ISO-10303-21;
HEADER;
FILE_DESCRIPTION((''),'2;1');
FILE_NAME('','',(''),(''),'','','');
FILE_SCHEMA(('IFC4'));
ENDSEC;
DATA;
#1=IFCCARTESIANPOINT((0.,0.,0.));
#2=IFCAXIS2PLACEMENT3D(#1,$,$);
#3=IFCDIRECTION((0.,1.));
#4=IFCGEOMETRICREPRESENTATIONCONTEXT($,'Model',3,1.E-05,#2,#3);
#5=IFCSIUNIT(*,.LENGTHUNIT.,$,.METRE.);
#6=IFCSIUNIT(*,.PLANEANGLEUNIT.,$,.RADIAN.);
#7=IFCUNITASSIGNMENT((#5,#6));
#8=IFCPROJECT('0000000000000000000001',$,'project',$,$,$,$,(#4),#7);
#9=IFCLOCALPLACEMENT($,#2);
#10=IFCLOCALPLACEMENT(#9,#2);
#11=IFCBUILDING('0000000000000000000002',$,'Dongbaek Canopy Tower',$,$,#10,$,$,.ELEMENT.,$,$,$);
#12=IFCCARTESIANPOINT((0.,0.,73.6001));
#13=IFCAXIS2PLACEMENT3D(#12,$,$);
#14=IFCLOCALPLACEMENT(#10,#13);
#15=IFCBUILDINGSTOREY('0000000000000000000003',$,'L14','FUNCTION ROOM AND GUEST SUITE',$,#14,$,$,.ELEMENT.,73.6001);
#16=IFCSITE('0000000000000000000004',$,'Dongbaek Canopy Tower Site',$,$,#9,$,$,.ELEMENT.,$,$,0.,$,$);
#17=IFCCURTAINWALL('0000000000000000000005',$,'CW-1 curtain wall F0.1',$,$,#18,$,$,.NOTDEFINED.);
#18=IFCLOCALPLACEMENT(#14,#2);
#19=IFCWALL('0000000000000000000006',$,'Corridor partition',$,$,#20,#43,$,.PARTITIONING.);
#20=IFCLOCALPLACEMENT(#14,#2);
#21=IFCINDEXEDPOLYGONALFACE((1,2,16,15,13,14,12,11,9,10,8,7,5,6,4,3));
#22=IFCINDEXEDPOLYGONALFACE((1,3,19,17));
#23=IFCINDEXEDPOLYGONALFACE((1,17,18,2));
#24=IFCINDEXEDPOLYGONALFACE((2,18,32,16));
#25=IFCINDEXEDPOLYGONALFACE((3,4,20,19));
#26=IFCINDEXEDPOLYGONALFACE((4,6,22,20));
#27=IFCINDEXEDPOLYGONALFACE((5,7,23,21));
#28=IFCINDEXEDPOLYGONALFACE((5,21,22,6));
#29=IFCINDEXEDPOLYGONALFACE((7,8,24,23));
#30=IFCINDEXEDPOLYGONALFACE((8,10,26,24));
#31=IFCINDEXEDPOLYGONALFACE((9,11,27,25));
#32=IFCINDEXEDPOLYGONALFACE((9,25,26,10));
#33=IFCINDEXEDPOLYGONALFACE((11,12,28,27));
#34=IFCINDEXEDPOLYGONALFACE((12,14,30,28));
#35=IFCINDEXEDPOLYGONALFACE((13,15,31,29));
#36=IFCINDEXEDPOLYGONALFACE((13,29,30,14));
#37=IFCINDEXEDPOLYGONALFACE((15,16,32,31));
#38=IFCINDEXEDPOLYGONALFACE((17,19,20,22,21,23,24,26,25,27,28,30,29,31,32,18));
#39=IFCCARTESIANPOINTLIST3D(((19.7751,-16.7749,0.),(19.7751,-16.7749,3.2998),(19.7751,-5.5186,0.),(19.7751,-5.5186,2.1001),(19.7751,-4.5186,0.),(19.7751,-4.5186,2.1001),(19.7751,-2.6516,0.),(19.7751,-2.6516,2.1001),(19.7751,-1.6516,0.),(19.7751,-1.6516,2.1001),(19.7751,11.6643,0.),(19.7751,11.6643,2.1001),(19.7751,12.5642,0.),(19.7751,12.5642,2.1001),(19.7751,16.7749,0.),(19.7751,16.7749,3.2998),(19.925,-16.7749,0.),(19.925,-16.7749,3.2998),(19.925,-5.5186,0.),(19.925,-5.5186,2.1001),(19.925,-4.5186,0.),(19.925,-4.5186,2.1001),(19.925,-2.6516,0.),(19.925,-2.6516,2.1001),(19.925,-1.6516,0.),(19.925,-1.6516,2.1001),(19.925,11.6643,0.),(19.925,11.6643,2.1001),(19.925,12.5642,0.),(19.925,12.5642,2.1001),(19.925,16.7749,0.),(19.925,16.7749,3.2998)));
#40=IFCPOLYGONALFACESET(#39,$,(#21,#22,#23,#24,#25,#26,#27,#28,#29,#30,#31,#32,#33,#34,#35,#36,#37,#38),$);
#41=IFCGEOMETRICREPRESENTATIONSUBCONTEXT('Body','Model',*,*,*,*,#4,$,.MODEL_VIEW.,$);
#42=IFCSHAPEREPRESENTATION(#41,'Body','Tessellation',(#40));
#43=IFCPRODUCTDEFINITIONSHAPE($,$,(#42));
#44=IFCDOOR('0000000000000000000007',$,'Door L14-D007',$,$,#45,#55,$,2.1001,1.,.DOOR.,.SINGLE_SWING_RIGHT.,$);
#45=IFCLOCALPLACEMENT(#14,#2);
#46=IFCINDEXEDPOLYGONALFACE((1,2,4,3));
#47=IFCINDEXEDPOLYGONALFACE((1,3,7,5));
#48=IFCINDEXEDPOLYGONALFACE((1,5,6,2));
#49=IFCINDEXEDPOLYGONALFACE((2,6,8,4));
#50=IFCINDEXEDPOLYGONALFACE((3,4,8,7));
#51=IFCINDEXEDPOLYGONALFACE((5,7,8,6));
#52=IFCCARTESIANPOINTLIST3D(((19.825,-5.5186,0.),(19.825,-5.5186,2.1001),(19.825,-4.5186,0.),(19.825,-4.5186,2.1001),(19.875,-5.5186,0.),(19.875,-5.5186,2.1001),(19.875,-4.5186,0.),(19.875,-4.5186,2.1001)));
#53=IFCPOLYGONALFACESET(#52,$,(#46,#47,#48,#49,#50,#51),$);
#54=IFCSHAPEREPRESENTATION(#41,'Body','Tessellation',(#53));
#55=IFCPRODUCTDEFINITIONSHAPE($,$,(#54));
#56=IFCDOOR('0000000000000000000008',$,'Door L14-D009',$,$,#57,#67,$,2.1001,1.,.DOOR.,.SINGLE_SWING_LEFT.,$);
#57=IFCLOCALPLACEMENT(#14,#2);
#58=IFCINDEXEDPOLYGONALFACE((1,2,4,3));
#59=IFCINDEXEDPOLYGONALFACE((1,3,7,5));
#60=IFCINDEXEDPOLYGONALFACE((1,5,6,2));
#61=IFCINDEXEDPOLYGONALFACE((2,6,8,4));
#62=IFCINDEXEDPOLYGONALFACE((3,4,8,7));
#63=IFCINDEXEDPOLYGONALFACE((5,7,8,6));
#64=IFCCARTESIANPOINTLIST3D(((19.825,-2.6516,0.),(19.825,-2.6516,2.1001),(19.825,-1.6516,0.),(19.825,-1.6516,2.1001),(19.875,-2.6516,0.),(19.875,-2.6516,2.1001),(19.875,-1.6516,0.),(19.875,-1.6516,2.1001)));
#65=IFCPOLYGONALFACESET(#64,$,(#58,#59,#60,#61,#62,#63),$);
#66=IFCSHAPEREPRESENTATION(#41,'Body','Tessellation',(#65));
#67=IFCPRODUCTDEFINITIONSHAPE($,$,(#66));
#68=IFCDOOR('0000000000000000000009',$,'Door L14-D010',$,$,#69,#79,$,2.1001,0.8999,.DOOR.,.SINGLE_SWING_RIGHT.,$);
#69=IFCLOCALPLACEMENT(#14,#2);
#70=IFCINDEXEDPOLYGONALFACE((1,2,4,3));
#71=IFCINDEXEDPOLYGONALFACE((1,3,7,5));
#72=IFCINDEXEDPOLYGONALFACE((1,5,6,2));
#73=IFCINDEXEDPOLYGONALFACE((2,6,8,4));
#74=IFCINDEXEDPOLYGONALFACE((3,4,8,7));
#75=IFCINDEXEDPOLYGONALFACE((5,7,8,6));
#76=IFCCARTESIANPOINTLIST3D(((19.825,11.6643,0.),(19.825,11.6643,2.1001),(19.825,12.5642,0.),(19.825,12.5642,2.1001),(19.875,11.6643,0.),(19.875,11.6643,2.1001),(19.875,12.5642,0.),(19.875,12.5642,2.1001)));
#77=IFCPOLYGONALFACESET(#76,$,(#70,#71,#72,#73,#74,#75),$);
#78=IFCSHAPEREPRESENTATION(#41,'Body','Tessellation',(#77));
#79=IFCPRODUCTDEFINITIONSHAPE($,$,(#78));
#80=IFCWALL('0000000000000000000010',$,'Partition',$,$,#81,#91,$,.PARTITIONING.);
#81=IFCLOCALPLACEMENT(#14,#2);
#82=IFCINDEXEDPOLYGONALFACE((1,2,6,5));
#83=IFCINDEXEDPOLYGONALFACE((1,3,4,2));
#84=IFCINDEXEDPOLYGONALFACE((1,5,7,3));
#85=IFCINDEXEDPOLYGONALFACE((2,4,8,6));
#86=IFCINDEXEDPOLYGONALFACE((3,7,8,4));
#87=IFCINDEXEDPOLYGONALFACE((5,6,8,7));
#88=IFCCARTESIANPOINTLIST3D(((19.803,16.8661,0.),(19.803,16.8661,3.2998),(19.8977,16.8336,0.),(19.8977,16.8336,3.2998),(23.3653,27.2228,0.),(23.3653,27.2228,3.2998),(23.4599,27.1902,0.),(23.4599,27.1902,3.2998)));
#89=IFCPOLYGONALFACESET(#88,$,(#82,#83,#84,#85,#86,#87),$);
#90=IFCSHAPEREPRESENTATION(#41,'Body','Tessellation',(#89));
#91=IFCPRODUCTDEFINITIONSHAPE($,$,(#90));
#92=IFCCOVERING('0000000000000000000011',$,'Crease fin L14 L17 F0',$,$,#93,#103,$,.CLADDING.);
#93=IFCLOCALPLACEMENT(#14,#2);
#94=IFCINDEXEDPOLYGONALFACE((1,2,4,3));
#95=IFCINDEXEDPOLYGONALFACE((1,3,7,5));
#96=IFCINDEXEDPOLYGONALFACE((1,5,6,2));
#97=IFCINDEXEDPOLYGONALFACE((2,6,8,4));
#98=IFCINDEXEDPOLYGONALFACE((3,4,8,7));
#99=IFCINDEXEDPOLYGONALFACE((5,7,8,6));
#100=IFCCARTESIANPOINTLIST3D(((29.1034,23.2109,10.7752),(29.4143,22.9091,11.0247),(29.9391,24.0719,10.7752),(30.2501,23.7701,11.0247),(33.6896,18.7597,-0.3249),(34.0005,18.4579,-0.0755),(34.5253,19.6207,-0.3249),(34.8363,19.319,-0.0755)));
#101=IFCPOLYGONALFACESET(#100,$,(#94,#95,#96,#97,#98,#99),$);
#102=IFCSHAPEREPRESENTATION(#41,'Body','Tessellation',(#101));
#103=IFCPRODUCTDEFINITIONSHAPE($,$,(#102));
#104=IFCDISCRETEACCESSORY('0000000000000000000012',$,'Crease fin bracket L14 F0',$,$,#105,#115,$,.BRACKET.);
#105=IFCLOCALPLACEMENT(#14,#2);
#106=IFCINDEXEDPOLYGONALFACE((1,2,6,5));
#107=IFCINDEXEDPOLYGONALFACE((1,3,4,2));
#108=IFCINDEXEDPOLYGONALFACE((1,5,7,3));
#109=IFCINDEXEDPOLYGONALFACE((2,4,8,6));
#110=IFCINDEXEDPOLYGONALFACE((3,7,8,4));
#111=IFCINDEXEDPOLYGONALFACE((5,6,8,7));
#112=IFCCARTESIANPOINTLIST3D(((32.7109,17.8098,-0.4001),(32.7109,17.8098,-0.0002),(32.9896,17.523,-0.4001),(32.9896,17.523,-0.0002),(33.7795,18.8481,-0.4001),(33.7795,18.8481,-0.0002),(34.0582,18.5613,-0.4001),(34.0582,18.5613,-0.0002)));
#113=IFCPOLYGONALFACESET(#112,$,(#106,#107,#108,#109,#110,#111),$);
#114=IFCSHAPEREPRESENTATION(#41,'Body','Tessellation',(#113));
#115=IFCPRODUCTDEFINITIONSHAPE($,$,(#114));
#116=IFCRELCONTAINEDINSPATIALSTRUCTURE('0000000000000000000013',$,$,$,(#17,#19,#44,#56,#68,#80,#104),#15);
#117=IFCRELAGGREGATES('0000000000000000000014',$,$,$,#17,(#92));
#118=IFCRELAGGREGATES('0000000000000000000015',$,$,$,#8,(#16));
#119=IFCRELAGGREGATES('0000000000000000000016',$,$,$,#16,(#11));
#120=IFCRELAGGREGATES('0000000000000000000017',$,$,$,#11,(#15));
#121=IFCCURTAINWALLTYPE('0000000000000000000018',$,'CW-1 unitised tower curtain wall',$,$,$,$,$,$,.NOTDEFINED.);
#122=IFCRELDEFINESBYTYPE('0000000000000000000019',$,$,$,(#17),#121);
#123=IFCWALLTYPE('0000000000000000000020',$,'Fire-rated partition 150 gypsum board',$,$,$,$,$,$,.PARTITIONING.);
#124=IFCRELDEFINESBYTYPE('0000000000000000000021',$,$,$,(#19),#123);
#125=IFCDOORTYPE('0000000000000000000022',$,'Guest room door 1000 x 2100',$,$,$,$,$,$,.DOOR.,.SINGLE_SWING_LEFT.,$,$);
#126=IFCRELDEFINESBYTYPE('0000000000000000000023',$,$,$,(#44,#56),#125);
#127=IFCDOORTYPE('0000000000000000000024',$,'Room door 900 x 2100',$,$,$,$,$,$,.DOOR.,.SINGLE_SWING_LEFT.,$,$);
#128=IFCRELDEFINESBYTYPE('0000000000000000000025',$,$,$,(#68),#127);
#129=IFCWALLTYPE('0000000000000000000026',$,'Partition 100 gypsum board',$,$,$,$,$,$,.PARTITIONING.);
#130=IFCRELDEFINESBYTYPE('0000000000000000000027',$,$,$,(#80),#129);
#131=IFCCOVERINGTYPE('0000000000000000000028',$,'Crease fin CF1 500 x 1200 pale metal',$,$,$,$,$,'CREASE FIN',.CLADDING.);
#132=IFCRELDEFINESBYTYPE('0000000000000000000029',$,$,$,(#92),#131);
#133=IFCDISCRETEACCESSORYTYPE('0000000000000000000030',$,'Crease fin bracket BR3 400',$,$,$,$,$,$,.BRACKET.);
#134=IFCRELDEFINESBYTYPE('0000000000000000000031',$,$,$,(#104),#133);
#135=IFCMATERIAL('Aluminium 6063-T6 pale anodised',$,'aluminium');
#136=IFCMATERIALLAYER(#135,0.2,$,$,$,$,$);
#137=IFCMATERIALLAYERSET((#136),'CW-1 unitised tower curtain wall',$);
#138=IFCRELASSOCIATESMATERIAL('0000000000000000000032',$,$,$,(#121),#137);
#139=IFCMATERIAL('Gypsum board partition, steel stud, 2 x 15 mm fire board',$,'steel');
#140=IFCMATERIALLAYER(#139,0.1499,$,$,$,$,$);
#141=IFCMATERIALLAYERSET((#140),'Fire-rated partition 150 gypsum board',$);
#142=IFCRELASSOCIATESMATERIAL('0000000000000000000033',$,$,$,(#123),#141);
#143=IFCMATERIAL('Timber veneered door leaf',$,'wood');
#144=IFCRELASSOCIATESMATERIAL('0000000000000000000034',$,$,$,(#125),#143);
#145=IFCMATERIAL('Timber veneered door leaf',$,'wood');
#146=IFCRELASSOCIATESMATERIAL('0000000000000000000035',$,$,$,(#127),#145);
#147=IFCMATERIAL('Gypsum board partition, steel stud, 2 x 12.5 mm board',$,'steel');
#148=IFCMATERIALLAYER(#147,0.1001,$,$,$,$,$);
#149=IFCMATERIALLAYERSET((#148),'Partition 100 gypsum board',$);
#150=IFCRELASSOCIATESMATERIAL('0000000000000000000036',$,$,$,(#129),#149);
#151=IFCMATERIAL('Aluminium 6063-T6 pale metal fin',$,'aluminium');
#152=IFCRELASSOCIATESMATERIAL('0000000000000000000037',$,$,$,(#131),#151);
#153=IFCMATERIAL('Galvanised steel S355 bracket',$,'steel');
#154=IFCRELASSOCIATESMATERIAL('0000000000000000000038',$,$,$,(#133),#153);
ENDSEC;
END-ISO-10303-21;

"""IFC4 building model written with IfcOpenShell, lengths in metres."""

from ifc_helpers import new_model, si_unit, direction, frame, frame_2d, origin, origin_2d, place, context, subcontext, project, spatial, rectangle, extrude, material, layer, layer_set, material_profile, profile_set, type_object, element, fill, aggregate, save


model = new_model("IFC4")

# Units and contexts
model_context = context("Model", 3, precision=1e-05, world=origin(), true_north=direction((0.0, 1.0)))
body_context = subcontext(model_context, "Body", "Model", "MODEL_VIEW")
ifc_project = project(units=[si_unit("LENGTHUNIT", "METRE"), si_unit("PLANEANGLEUNIT", "RADIAN")], contexts=[model_context])

# Site, building, storey
site_placement = place(None, origin())
site = spatial("IfcSite", under=ifc_project, at=site_placement, Name="Dongbaek Canopy Tower Site", CompositionType="ELEMENT", RefElevation=0.0)
building_placement = place(site_placement, origin())
building = spatial("IfcBuilding", under=site, at=building_placement, Name="Dongbaek Canopy Tower", CompositionType="ELEMENT")
storey_placement = place(building_placement, frame((0.0, 0.0, 73.6001)))
storey = spatial("IfcBuildingStorey", under=building, at=storey_placement, Name="L14", Description="FUNCTION ROOM AND GUEST SUITE", CompositionType="ELEMENT", Elevation=73.6001)

# Curtain wall
ifc_material_1 = material(Name="Aluminium 6063-T6 pale anodised", Category="aluminium")
ifc_layer_1 = layer(ifc_material_1, 0.2)
ifc_layer_set_1 = layer_set([ifc_layer_1], Name="CW-1 unitised tower curtain wall")
curtain_wall_type = type_object("IfcCurtainWallType", Name="CW-1 unitised tower curtain wall", PredefinedType="NOTDEFINED", material=ifc_layer_set_1)
curtain_wall_placement = place(storey_placement, origin())
curtain_wall = element("IfcCurtainWall", 1, at=curtain_wall_placement, inside=storey, type_object=curtain_wall_type, Name="CW-1 curtain wall F0.1", PredefinedType="NOTDEFINED")

# Wall, openings, doors
ifc_material_2 = material(Name="Gypsum board partition, steel stud, 2 x 15 mm fire board", Category="steel")
ifc_layer_2 = layer(ifc_material_2, 0.1499)
ifc_layer_set_2 = layer_set([ifc_layer_2], Name="Fire-rated partition 150 gypsum board")
wall_type_1 = type_object("IfcWallType", Name="Fire-rated partition 150 gypsum board", PredefinedType="PARTITIONING", material=ifc_layer_set_2)
wall_1_placement = place(storey_placement, frame((19.8501, 16.7749, 0.0), z_axis=(0.0, 0.0, 1.0), x_axis=(0.0, -1.0, 0.0)))
wall_1 = element("IfcWall", 2, at=wall_1_placement, inside=storey, type_object=wall_type_1, Name="Corridor partition", PredefinedType="PARTITIONING", context=body_context, shape_type="SweptSolid", body=[
    extrude(rectangle(XDim=33.5498, YDim=0.1499, at=frame_2d((16.7749, 0.0))), origin(), (0.0, 0.0, 1.0), 3.2998),
])
opening_1_placement = place(wall_1_placement, frame((21.2935, 0.0, 0.0)))
opening_1 = element("IfcOpeningElement", 3, at=opening_1_placement, cuts=wall_1, PredefinedType="OPENING", context=body_context, shape_type="SweptSolid", body=[
    extrude(rectangle(XDim=1.0, YDim=2.1001, at=frame_2d((0.5, 1.05))), frame((0.0, 0.085, 0.0), z_axis=(0.0, -1.0, 0.0), x_axis=(1.0, 0.0, 0.0)), (0.0, 0.0, 1.0), 0.1699),
])
opening_2_placement = place(wall_1_placement, frame((18.4265, 0.0, 0.0)))
opening_2 = element("IfcOpeningElement", 4, at=opening_2_placement, cuts=wall_1, PredefinedType="OPENING", context=body_context, shape_type="SweptSolid", body=[
    extrude(rectangle(XDim=1.0, YDim=2.1001, at=frame_2d((0.5, 1.05))), frame((0.0, 0.085, 0.0), z_axis=(0.0, -1.0, 0.0), x_axis=(1.0, 0.0, 0.0)), (0.0, 0.0, 1.0), 0.1699),
])
opening_3_placement = place(wall_1_placement, frame((4.2107, 0.0, 0.0)))
opening_3 = element("IfcOpeningElement", 5, at=opening_3_placement, cuts=wall_1, PredefinedType="OPENING", context=body_context, shape_type="SweptSolid", body=[
    extrude(rectangle(XDim=0.8999, YDim=2.1001, at=frame_2d((0.45, 1.05))), frame((0.0, 0.085, 0.0), z_axis=(0.0, -1.0, 0.0), x_axis=(1.0, 0.0, 0.0)), (0.0, 0.0, 1.0), 0.1699),
])
ifc_material_3 = material(Name="Timber veneered door leaf", Category="wood")
door_type_1 = type_object("IfcDoorType", Name="Guest room door 1000 x 2100", OperationType="SINGLE_SWING_LEFT", PredefinedType="DOOR", material=ifc_material_3)
door_1_placement = place(opening_1_placement, origin())
door_1 = element("IfcDoor", 6, at=door_1_placement, inside=storey, type_object=door_type_1, Name="Door L14-D007", OperationType="SINGLE_SWING_RIGHT", OverallHeight=2.1001, OverallWidth=1.0, PredefinedType="DOOR", context=body_context, shape_type="SweptSolid", body=[
    extrude(rectangle(XDim=1.0, YDim=2.1001, at=frame_2d((0.5, 1.05))), frame((0.0, 0.0249, 0.0), z_axis=(0.0, -1.0, 0.0), x_axis=(1.0, 0.0, 0.0)), (0.0, 0.0, 1.0), 0.05),
])
fill(opening_1, door_1)
door_2_placement = place(opening_2_placement, origin())
door_2 = element("IfcDoor", 7, at=door_2_placement, inside=storey, type_object=door_type_1, Name="Door L14-D009", OperationType="SINGLE_SWING_LEFT", OverallHeight=2.1001, OverallWidth=1.0, PredefinedType="DOOR", context=body_context, shape_type="SweptSolid", body=[
    extrude(rectangle(XDim=1.0, YDim=2.1001, at=frame_2d((0.5, 1.05))), frame((0.0, 0.0249, 0.0), z_axis=(0.0, -1.0, 0.0), x_axis=(1.0, 0.0, 0.0)), (0.0, 0.0, 1.0), 0.05),
])
fill(opening_2, door_2)
ifc_material_4 = material(Name="Timber veneered door leaf", Category="wood")
door_type_2 = type_object("IfcDoorType", Name="Room door 900 x 2100", OperationType="SINGLE_SWING_LEFT", PredefinedType="DOOR", material=ifc_material_4)
door_3_placement = place(opening_3_placement, origin())
door_3 = element("IfcDoor", 8, at=door_3_placement, inside=storey, type_object=door_type_2, Name="Door L14-D010", OperationType="SINGLE_SWING_RIGHT", OverallHeight=2.1001, OverallWidth=0.8999, PredefinedType="DOOR", context=body_context, shape_type="SweptSolid", body=[
    extrude(rectangle(XDim=0.8999, YDim=2.1001, at=frame_2d((0.45, 1.05))), frame((0.0, 0.0249, 0.0), z_axis=(0.0, -1.0, 0.0), x_axis=(1.0, 0.0, 0.0)), (0.0, 0.0, 1.0), 0.05),
])
fill(opening_3, door_3)

# Wall
ifc_material_5 = material(Name="Gypsum board partition, steel stud, 2 x 12.5 mm board", Category="steel")
ifc_layer_3 = layer(ifc_material_5, 0.1001)
ifc_layer_set_3 = layer_set([ifc_layer_3], Name="Partition 100 gypsum board")
wall_type_2 = type_object("IfcWallType", Name="Partition 100 gypsum board", PredefinedType="PARTITIONING", material=ifc_layer_set_3)
wall_2_placement = place(storey_placement, frame((19.8503, 16.8499, 0.0), z_axis=(0.0, 0.0, 1.0), x_axis=(0.325255, 0.945626, 0.0)))
element("IfcWall", 9, at=wall_2_placement, inside=storey, type_object=wall_type_2, Name="Partition", PredefinedType="PARTITIONING", context=body_context, shape_type="SweptSolid", body=[
    extrude(rectangle(XDim=10.9521, YDim=0.1001, at=frame_2d((5.4761, 0.0))), origin(), (0.0, 0.0, 1.0), 3.2998),
])

# Covering
ifc_material_6 = material(Name="Aluminium 6063-T6 pale metal fin", Category="aluminium")
ifc_material_profile_1 = material_profile(ifc_material_6, rectangle(XDim=1.2, YDim=0.5, at=origin_2d()), Name="Crease fin CF1 500 x 1200 pale metal")
ifc_profile_set_1 = profile_set([ifc_material_profile_1], Name="Aluminium 6063-T6 pale metal fin")
covering_type = type_object("IfcCoveringType", Name="Crease fin CF1 500 x 1200 pale metal", ElementType="CREASE FIN", PredefinedType="CLADDING", material=ifc_profile_set_1)
covering_placement = place(storey_placement, frame((34.2629, 19.0393, -0.2002), z_axis=(-0.358057, 0.347517, 0.866618), x_axis=(-0.696466, -0.71759, 0.0)))
covering = element("IfcCovering", 10, at=covering_placement, type_object=covering_type, Name="Crease fin L14 L17 F0", PredefinedType="CLADDING", context=body_context, shape_type="SweptSolid", body=[
    extrude(rectangle(XDim=1.2, YDim=0.5, at=origin_2d()), origin(), (0.0, 0.0, 1.0), 12.8086),
])
aggregate(curtain_wall, [covering])

# Discrete accessory
ifc_material_7 = material(Name="Galvanised steel S355 bracket", Category="steel")
discrete_accessory_type = type_object("IfcDiscreteAccessoryType", Name="Crease fin bracket BR3 400", PredefinedType="BRACKET", material=ifc_material_7)
discrete_accessory_placement = place(storey_placement, frame((33.3845, 18.1855, -0.4001), z_axis=(0.0, 0.0, 1.0), x_axis=(0.717187, 0.696881, 0.0)))
element("IfcDiscreteAccessory", 11, at=discrete_accessory_placement, inside=storey, type_object=discrete_accessory_type, Name="Crease fin bracket L14 F0", PredefinedType="BRACKET", context=body_context, shape_type="SweptSolid", body=[
    extrude(rectangle(XDim=1.49, YDim=0.3999, at=origin_2d()), origin(), (0.0, 0.0, 1.0), 0.3999),
])

save(model, "model.ifc")
